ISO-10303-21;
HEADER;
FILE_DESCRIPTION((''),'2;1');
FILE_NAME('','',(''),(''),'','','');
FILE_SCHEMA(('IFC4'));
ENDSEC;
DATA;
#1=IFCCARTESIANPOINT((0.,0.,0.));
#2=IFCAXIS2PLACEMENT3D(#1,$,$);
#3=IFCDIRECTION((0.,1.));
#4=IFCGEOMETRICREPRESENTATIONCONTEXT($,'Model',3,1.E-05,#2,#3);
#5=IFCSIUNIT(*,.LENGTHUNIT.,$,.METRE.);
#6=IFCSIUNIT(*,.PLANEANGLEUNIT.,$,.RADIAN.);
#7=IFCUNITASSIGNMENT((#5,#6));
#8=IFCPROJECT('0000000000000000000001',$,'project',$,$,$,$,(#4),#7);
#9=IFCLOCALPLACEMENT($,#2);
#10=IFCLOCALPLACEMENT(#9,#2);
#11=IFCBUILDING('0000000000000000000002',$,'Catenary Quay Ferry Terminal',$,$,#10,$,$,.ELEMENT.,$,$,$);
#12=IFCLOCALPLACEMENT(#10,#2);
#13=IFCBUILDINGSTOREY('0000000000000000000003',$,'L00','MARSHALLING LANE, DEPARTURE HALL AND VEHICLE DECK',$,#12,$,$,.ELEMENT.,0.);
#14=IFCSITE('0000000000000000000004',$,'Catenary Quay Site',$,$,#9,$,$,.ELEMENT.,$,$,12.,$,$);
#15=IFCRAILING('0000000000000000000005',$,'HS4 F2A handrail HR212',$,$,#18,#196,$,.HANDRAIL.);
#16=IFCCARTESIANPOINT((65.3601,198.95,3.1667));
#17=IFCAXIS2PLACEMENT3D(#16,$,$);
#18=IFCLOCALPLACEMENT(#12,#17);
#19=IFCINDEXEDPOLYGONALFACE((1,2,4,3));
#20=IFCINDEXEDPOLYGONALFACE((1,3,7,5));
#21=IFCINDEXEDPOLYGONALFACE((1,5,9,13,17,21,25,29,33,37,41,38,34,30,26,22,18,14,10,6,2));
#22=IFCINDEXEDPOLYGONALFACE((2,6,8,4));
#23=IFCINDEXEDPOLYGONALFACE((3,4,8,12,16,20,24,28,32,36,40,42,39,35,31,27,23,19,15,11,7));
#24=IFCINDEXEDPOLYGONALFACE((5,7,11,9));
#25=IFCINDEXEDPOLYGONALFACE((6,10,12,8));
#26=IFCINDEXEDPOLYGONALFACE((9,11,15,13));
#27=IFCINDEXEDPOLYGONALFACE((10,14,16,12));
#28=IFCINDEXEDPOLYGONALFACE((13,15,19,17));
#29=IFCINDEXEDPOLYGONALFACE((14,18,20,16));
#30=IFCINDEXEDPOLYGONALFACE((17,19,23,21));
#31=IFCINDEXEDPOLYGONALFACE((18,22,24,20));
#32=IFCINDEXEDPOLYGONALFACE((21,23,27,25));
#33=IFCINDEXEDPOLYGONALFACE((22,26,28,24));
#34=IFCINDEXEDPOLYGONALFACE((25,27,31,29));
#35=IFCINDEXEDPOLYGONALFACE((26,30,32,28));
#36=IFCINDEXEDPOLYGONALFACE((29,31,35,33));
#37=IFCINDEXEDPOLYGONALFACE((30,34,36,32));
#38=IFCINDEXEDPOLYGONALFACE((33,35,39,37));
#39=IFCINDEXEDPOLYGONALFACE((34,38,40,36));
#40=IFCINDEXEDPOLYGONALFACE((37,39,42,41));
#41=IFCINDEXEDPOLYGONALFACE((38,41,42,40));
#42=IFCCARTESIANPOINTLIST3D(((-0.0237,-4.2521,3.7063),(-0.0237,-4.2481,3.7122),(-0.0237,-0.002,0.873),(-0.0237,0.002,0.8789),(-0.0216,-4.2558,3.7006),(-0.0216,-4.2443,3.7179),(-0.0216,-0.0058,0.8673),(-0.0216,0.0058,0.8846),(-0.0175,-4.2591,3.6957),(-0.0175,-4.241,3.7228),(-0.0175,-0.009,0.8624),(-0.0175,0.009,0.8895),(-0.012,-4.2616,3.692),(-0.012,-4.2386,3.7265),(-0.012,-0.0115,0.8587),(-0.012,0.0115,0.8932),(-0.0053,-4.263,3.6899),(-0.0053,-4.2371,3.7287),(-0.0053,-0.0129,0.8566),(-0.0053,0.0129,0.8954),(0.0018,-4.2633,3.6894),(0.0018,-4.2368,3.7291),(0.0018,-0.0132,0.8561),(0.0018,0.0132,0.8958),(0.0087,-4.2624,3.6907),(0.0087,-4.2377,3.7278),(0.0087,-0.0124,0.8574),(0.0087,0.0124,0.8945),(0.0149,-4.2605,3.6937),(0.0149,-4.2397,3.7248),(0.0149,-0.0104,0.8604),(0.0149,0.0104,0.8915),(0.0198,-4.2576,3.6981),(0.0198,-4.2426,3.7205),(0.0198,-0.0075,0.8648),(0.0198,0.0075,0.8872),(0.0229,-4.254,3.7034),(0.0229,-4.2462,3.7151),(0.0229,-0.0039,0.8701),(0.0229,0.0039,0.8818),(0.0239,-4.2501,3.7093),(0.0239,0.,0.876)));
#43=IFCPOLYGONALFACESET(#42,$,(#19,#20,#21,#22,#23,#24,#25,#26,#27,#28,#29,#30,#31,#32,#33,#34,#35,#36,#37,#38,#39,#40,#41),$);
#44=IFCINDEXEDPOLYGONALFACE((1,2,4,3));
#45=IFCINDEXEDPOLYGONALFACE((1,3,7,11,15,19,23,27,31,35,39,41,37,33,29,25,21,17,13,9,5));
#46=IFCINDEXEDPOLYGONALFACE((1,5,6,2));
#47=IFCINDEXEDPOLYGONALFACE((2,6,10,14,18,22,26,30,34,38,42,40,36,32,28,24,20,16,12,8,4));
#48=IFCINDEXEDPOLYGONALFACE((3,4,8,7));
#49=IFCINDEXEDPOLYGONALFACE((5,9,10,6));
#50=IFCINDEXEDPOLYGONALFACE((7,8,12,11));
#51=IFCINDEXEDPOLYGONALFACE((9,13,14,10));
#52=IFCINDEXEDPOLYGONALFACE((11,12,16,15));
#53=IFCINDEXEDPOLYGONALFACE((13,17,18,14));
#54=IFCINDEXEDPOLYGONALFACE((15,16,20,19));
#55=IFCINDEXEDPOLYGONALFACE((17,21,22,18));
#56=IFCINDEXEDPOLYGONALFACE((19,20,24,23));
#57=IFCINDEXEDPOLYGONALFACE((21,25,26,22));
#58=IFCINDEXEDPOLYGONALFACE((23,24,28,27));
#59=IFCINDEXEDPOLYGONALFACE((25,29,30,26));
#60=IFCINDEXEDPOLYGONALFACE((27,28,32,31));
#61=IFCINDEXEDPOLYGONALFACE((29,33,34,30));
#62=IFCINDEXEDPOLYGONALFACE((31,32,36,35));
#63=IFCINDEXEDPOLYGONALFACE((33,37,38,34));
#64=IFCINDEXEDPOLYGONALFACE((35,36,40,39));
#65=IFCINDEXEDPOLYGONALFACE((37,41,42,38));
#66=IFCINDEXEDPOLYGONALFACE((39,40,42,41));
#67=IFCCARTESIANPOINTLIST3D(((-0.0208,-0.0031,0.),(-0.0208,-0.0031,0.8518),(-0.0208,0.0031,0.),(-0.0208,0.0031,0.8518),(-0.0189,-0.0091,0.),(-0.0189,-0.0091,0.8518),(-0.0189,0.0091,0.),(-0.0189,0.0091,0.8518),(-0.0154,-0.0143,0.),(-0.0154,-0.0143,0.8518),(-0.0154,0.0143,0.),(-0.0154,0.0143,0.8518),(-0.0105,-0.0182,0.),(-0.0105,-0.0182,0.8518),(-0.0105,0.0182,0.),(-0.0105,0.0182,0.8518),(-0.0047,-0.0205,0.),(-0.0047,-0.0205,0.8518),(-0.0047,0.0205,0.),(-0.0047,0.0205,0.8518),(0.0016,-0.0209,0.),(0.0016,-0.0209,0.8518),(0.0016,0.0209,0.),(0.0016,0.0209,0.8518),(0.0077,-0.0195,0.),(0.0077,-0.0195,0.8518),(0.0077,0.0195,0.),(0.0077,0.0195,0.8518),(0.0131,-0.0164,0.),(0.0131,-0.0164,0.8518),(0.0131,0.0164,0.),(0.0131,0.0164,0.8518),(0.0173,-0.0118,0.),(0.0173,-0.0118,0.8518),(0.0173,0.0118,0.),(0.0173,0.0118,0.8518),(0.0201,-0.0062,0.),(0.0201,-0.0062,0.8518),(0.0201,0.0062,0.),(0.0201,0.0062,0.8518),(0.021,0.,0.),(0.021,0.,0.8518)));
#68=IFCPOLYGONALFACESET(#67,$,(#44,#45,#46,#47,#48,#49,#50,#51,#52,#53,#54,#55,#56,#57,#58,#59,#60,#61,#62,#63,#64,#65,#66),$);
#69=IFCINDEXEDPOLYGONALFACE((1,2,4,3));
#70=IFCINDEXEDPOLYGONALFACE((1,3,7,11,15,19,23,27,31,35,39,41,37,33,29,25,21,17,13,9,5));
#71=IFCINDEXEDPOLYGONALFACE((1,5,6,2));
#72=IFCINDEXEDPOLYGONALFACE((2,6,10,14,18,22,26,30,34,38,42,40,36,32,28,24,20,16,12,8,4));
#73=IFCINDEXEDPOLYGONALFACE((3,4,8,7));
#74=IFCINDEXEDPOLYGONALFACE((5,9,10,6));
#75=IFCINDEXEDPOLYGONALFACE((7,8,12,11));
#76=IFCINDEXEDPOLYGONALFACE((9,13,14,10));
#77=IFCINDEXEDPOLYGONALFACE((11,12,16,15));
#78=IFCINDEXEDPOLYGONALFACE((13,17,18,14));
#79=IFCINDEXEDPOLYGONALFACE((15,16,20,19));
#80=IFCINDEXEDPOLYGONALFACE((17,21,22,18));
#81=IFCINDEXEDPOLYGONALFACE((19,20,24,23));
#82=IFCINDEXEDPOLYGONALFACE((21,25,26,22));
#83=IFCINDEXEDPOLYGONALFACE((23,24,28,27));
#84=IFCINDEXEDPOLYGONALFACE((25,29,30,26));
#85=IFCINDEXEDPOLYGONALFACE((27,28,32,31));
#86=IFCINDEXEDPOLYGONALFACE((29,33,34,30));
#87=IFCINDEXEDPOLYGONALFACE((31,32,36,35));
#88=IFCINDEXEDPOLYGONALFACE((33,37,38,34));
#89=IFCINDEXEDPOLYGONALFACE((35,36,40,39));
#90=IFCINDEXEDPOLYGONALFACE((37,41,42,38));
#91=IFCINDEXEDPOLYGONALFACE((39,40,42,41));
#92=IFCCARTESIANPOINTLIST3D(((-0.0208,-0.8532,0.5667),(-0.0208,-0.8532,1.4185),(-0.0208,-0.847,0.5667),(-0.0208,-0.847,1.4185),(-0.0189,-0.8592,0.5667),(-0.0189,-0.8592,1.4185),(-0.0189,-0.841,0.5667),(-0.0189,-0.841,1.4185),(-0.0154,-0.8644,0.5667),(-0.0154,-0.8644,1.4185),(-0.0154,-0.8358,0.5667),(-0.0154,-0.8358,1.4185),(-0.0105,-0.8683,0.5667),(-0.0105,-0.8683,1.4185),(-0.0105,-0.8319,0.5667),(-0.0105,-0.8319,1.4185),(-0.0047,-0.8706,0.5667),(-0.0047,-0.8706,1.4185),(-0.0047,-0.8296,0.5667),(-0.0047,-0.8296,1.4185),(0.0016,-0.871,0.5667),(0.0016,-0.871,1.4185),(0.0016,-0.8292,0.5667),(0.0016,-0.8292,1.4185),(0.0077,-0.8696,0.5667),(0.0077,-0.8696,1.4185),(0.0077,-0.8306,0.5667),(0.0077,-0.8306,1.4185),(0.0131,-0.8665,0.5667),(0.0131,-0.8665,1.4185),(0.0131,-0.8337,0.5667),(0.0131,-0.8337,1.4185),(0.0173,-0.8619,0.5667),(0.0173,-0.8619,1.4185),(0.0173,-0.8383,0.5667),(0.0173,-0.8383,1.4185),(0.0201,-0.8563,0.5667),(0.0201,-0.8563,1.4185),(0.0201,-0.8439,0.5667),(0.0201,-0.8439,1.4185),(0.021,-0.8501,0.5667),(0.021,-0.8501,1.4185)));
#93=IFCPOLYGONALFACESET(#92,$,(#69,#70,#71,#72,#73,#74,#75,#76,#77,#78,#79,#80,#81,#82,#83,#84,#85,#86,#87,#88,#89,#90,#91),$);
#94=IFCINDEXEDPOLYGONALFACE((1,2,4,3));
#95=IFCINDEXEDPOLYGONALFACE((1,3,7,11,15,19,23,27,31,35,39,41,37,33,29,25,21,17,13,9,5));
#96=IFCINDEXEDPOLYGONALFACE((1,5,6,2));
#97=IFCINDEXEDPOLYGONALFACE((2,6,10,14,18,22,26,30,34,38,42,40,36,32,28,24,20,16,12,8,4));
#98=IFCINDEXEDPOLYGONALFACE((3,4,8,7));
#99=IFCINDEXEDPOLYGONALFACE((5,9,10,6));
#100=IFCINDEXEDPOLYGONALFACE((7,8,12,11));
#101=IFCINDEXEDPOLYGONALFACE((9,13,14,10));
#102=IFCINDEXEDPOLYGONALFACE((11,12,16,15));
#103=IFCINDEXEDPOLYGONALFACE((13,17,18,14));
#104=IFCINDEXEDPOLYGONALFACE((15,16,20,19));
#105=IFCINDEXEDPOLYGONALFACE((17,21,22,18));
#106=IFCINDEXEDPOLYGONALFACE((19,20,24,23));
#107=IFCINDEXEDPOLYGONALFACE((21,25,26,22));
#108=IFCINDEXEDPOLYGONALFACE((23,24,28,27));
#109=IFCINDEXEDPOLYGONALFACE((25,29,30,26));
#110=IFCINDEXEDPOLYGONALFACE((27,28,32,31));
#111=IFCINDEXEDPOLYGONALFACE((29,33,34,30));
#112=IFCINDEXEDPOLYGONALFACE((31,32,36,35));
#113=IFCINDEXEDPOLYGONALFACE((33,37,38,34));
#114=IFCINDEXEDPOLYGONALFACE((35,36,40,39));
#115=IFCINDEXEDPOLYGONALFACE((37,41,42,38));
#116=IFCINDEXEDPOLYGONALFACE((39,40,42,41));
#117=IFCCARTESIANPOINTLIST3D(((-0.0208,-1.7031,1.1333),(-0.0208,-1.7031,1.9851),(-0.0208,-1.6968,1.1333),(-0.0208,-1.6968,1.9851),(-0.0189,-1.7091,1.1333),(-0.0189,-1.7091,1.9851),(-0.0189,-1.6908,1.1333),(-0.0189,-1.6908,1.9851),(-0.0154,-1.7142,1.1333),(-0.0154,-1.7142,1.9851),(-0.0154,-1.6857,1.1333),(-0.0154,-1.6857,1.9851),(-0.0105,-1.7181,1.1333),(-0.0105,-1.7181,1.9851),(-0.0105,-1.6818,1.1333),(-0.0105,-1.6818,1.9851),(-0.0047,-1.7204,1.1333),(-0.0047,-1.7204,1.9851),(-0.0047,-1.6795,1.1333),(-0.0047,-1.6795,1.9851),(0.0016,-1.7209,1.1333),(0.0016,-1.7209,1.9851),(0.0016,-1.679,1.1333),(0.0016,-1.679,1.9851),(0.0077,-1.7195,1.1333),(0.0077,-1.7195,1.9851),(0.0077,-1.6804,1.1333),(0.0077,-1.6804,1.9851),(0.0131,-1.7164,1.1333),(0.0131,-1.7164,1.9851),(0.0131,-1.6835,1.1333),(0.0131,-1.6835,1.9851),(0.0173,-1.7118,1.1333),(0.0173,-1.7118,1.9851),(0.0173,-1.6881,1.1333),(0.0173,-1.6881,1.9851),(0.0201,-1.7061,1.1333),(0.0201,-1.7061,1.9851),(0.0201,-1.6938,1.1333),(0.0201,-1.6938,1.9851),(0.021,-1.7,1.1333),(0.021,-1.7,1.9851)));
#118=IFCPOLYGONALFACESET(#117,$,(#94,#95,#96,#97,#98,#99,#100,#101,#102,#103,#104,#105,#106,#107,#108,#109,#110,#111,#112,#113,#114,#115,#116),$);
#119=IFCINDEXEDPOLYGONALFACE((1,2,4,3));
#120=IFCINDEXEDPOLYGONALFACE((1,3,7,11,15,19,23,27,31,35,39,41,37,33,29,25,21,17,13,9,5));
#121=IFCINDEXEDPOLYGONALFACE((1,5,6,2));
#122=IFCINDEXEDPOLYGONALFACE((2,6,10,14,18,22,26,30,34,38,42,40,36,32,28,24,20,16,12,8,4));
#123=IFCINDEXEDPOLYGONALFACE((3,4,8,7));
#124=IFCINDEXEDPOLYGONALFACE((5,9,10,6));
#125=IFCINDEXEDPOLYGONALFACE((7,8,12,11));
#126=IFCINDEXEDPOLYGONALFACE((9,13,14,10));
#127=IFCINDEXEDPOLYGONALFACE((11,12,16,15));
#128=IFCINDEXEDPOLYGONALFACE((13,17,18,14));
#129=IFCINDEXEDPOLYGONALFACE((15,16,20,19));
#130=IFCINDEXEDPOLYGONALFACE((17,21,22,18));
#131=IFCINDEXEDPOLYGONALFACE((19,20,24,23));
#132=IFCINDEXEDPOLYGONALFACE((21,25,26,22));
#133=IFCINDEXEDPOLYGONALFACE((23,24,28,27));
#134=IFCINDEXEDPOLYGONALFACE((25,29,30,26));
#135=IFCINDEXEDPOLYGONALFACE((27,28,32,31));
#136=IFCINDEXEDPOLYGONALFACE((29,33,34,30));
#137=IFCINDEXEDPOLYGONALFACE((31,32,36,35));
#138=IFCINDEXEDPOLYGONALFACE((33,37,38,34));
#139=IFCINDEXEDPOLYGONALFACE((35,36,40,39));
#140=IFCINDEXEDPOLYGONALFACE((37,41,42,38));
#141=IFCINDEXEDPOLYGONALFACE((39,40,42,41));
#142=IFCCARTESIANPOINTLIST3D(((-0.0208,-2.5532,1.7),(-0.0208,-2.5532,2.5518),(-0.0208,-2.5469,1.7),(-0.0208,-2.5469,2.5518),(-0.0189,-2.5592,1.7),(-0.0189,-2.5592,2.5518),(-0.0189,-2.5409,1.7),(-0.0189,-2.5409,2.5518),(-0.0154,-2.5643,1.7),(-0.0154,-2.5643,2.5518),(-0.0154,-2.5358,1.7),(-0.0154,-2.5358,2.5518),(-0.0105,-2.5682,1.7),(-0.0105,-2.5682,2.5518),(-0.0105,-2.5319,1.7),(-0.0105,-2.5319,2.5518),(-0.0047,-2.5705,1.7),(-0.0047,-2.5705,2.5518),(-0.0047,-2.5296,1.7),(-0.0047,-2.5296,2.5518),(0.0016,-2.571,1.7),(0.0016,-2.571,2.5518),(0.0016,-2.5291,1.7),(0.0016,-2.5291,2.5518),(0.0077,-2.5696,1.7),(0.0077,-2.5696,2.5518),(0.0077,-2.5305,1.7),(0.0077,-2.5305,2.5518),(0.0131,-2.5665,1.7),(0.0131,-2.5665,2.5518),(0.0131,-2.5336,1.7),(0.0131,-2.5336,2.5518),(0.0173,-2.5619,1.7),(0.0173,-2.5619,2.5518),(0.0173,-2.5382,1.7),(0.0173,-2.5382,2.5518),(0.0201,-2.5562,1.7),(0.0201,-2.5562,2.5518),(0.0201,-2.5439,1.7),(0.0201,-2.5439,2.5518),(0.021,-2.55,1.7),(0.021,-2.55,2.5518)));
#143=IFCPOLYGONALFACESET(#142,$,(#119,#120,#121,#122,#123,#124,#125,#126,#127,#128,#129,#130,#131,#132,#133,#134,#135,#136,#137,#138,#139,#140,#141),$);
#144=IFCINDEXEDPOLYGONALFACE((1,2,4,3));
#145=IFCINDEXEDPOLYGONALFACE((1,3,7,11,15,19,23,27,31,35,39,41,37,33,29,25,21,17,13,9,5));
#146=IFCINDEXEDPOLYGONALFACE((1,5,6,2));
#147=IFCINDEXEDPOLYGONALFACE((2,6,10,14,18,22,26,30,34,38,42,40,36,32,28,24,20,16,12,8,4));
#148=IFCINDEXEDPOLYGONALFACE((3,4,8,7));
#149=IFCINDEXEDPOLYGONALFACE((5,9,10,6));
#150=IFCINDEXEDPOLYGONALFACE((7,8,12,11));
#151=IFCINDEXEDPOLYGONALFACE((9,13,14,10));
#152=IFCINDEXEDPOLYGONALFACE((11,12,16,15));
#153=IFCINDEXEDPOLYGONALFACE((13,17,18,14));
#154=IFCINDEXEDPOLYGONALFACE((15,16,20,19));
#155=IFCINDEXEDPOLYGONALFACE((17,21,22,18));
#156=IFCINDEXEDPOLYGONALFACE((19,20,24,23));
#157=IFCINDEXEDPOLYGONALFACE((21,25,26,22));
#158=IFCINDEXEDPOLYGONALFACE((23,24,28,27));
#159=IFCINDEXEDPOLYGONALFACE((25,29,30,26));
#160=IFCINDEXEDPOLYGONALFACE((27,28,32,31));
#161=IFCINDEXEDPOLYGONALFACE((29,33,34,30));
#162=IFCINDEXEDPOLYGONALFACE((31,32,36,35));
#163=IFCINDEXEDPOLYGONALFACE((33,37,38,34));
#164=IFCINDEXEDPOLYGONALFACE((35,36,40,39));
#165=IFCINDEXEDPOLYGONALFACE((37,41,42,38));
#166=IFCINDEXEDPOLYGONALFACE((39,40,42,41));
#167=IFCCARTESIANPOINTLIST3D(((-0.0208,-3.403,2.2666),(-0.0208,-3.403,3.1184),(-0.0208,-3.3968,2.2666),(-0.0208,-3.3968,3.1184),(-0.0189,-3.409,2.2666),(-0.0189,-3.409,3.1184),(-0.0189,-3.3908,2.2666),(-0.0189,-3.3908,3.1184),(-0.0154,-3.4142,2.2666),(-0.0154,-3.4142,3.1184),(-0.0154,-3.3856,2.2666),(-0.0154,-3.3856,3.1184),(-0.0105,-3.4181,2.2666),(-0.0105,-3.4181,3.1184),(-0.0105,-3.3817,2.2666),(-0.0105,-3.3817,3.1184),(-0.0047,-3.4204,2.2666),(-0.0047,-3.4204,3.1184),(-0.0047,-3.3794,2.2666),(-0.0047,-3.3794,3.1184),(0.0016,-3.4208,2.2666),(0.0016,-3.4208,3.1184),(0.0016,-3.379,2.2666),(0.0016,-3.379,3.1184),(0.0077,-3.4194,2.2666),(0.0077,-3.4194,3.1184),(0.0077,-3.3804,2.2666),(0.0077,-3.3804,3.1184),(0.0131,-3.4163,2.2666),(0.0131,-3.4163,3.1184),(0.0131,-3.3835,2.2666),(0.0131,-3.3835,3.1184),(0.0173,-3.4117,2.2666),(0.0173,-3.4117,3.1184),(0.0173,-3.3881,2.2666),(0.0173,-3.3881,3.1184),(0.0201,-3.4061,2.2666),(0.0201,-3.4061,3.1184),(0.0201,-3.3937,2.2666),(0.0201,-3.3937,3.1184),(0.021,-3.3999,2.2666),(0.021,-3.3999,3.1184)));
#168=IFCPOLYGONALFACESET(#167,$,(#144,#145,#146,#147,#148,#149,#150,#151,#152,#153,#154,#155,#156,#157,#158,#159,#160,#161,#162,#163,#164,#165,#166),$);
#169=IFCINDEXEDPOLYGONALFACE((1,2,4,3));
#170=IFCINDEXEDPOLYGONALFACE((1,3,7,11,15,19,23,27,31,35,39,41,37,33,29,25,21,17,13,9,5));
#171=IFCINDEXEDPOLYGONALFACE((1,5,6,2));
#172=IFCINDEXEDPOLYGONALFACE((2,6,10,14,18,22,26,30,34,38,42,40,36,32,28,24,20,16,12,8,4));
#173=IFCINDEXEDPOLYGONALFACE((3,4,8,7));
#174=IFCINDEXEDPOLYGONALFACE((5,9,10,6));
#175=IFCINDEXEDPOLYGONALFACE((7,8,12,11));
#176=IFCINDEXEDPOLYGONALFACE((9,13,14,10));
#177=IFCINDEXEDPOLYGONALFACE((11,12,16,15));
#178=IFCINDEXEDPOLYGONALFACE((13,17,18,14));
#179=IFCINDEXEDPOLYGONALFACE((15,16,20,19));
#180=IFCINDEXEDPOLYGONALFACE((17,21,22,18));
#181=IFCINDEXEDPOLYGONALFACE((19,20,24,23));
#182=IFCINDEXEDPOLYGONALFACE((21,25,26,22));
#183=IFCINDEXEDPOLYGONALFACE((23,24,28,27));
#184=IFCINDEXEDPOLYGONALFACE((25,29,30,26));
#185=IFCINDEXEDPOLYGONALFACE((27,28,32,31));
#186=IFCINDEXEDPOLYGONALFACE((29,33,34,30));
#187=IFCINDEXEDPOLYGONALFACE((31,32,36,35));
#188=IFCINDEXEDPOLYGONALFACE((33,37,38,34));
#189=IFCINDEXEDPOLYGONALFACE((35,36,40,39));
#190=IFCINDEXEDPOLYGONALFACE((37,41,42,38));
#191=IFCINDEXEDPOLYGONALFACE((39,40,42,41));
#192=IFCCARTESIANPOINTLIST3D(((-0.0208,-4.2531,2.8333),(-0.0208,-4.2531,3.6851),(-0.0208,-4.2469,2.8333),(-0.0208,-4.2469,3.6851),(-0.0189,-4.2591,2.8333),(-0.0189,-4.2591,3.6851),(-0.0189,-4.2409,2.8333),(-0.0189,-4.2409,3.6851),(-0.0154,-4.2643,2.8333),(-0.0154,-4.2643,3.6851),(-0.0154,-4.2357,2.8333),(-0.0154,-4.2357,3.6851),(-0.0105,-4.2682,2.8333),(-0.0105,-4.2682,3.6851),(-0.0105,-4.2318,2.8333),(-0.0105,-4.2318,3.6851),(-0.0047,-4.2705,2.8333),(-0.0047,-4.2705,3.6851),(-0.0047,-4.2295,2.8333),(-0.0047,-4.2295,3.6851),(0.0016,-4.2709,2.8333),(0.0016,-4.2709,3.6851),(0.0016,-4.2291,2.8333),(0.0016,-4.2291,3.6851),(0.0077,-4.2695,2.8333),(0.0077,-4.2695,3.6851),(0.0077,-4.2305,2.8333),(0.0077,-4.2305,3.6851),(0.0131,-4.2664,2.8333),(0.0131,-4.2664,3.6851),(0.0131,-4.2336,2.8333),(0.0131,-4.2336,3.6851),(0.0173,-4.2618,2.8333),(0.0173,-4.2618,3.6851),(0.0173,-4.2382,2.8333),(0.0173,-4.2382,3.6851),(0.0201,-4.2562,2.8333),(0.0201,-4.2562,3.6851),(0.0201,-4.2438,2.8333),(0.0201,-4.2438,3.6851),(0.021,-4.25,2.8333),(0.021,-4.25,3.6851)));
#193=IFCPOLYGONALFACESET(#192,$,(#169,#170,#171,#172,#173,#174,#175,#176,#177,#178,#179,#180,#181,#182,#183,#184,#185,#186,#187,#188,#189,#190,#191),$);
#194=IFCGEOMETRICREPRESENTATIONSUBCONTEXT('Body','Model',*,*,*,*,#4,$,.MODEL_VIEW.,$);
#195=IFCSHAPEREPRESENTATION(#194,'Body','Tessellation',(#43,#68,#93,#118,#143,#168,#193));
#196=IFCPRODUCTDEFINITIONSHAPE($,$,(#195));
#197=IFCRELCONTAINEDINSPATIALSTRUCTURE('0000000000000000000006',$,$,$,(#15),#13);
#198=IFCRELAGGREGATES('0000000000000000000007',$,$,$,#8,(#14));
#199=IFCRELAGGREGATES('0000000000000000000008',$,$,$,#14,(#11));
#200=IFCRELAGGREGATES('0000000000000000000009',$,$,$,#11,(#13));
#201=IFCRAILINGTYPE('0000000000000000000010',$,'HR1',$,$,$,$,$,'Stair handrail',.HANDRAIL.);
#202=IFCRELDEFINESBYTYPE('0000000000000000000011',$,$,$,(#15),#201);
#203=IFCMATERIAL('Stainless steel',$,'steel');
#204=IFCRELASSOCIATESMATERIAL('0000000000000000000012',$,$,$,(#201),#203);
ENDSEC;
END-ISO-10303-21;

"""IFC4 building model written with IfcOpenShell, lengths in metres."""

from ifc_helpers import new_model, si_unit, direction, frame, origin, origin_2d, place, context, subcontext, project, spatial, circle, extrude, material, type_object, element, save


model = new_model("IFC4")

# Units and contexts
model_context = context("Model", 3, precision=1e-05, world=origin(), true_north=direction((0.0, 1.0)))
body_context = subcontext(model_context, "Body", "Model", "MODEL_VIEW")
ifc_project = project(units=[si_unit("LENGTHUNIT", "METRE"), si_unit("PLANEANGLEUNIT", "RADIAN")], contexts=[model_context])

# Site, building, storey
site_placement = place(None, origin())
site = spatial("IfcSite", under=ifc_project, at=site_placement, Name="Catenary Quay Site", CompositionType="ELEMENT", RefElevation=12.0)
building_placement = place(site_placement, origin())
building = spatial("IfcBuilding", under=site, at=building_placement, Name="Catenary Quay Ferry Terminal", CompositionType="ELEMENT")
storey_placement = place(building_placement, origin())
storey = spatial("IfcBuildingStorey", under=building, at=storey_placement, Name="L00", Description="MARSHALLING LANE, DEPARTURE HALL AND VEHICLE DECK", CompositionType="ELEMENT", Elevation=0.0)

# Railing
ifc_material_1 = material(Name="Stainless steel", Category="steel")
railing_type_1 = type_object("IfcRailingType", Name="HR1", ElementType="Stair handrail", PredefinedType="HANDRAIL", material=ifc_material_1)
for number, where, name in (
    (1, (65.3601, 198.95, 3.1667), "HS4 F2A handrail HR212"),
):
    element("IfcRailing", number, at=place(storey_placement, frame(where)), inside=storey, type_object=railing_type_1, Name=name, PredefinedType="HANDRAIL", context=body_context, shape_type="SweptSolid", body=[
        extrude(circle(Radius=0.0239, at=origin_2d()), frame((0.0, 0.0, 0.876), z_axis=(0.0, -0.832058, 0.554689), x_axis=(1.0, 0.0, 0.0)), (0.0, 0.0, 1.0), 5.1079),
        extrude(circle(Radius=0.021, at=origin_2d()), origin(), (0.0, 0.0, 1.0), 0.8518),
        extrude(circle(Radius=0.021, at=origin_2d()), frame((0.0, -0.8501, 0.5667)), (0.0, 0.0, 1.0), 0.8518),
        extrude(circle(Radius=0.021, at=origin_2d()), frame((0.0, -1.7, 1.1333)), (0.0, 0.0, 1.0), 0.8518),
        extrude(circle(Radius=0.021, at=origin_2d()), frame((0.0, -2.55, 1.7)), (0.0, 0.0, 1.0), 0.8518),
        extrude(circle(Radius=0.021, at=origin_2d()), frame((0.0, -3.3999, 2.2666)), (0.0, 0.0, 1.0), 0.8518),
        extrude(circle(Radius=0.021, at=origin_2d()), frame((0.0, -4.25, 2.8333)), (0.0, 0.0, 1.0), 0.8518),
    ])

save(model, "model.ifc")
